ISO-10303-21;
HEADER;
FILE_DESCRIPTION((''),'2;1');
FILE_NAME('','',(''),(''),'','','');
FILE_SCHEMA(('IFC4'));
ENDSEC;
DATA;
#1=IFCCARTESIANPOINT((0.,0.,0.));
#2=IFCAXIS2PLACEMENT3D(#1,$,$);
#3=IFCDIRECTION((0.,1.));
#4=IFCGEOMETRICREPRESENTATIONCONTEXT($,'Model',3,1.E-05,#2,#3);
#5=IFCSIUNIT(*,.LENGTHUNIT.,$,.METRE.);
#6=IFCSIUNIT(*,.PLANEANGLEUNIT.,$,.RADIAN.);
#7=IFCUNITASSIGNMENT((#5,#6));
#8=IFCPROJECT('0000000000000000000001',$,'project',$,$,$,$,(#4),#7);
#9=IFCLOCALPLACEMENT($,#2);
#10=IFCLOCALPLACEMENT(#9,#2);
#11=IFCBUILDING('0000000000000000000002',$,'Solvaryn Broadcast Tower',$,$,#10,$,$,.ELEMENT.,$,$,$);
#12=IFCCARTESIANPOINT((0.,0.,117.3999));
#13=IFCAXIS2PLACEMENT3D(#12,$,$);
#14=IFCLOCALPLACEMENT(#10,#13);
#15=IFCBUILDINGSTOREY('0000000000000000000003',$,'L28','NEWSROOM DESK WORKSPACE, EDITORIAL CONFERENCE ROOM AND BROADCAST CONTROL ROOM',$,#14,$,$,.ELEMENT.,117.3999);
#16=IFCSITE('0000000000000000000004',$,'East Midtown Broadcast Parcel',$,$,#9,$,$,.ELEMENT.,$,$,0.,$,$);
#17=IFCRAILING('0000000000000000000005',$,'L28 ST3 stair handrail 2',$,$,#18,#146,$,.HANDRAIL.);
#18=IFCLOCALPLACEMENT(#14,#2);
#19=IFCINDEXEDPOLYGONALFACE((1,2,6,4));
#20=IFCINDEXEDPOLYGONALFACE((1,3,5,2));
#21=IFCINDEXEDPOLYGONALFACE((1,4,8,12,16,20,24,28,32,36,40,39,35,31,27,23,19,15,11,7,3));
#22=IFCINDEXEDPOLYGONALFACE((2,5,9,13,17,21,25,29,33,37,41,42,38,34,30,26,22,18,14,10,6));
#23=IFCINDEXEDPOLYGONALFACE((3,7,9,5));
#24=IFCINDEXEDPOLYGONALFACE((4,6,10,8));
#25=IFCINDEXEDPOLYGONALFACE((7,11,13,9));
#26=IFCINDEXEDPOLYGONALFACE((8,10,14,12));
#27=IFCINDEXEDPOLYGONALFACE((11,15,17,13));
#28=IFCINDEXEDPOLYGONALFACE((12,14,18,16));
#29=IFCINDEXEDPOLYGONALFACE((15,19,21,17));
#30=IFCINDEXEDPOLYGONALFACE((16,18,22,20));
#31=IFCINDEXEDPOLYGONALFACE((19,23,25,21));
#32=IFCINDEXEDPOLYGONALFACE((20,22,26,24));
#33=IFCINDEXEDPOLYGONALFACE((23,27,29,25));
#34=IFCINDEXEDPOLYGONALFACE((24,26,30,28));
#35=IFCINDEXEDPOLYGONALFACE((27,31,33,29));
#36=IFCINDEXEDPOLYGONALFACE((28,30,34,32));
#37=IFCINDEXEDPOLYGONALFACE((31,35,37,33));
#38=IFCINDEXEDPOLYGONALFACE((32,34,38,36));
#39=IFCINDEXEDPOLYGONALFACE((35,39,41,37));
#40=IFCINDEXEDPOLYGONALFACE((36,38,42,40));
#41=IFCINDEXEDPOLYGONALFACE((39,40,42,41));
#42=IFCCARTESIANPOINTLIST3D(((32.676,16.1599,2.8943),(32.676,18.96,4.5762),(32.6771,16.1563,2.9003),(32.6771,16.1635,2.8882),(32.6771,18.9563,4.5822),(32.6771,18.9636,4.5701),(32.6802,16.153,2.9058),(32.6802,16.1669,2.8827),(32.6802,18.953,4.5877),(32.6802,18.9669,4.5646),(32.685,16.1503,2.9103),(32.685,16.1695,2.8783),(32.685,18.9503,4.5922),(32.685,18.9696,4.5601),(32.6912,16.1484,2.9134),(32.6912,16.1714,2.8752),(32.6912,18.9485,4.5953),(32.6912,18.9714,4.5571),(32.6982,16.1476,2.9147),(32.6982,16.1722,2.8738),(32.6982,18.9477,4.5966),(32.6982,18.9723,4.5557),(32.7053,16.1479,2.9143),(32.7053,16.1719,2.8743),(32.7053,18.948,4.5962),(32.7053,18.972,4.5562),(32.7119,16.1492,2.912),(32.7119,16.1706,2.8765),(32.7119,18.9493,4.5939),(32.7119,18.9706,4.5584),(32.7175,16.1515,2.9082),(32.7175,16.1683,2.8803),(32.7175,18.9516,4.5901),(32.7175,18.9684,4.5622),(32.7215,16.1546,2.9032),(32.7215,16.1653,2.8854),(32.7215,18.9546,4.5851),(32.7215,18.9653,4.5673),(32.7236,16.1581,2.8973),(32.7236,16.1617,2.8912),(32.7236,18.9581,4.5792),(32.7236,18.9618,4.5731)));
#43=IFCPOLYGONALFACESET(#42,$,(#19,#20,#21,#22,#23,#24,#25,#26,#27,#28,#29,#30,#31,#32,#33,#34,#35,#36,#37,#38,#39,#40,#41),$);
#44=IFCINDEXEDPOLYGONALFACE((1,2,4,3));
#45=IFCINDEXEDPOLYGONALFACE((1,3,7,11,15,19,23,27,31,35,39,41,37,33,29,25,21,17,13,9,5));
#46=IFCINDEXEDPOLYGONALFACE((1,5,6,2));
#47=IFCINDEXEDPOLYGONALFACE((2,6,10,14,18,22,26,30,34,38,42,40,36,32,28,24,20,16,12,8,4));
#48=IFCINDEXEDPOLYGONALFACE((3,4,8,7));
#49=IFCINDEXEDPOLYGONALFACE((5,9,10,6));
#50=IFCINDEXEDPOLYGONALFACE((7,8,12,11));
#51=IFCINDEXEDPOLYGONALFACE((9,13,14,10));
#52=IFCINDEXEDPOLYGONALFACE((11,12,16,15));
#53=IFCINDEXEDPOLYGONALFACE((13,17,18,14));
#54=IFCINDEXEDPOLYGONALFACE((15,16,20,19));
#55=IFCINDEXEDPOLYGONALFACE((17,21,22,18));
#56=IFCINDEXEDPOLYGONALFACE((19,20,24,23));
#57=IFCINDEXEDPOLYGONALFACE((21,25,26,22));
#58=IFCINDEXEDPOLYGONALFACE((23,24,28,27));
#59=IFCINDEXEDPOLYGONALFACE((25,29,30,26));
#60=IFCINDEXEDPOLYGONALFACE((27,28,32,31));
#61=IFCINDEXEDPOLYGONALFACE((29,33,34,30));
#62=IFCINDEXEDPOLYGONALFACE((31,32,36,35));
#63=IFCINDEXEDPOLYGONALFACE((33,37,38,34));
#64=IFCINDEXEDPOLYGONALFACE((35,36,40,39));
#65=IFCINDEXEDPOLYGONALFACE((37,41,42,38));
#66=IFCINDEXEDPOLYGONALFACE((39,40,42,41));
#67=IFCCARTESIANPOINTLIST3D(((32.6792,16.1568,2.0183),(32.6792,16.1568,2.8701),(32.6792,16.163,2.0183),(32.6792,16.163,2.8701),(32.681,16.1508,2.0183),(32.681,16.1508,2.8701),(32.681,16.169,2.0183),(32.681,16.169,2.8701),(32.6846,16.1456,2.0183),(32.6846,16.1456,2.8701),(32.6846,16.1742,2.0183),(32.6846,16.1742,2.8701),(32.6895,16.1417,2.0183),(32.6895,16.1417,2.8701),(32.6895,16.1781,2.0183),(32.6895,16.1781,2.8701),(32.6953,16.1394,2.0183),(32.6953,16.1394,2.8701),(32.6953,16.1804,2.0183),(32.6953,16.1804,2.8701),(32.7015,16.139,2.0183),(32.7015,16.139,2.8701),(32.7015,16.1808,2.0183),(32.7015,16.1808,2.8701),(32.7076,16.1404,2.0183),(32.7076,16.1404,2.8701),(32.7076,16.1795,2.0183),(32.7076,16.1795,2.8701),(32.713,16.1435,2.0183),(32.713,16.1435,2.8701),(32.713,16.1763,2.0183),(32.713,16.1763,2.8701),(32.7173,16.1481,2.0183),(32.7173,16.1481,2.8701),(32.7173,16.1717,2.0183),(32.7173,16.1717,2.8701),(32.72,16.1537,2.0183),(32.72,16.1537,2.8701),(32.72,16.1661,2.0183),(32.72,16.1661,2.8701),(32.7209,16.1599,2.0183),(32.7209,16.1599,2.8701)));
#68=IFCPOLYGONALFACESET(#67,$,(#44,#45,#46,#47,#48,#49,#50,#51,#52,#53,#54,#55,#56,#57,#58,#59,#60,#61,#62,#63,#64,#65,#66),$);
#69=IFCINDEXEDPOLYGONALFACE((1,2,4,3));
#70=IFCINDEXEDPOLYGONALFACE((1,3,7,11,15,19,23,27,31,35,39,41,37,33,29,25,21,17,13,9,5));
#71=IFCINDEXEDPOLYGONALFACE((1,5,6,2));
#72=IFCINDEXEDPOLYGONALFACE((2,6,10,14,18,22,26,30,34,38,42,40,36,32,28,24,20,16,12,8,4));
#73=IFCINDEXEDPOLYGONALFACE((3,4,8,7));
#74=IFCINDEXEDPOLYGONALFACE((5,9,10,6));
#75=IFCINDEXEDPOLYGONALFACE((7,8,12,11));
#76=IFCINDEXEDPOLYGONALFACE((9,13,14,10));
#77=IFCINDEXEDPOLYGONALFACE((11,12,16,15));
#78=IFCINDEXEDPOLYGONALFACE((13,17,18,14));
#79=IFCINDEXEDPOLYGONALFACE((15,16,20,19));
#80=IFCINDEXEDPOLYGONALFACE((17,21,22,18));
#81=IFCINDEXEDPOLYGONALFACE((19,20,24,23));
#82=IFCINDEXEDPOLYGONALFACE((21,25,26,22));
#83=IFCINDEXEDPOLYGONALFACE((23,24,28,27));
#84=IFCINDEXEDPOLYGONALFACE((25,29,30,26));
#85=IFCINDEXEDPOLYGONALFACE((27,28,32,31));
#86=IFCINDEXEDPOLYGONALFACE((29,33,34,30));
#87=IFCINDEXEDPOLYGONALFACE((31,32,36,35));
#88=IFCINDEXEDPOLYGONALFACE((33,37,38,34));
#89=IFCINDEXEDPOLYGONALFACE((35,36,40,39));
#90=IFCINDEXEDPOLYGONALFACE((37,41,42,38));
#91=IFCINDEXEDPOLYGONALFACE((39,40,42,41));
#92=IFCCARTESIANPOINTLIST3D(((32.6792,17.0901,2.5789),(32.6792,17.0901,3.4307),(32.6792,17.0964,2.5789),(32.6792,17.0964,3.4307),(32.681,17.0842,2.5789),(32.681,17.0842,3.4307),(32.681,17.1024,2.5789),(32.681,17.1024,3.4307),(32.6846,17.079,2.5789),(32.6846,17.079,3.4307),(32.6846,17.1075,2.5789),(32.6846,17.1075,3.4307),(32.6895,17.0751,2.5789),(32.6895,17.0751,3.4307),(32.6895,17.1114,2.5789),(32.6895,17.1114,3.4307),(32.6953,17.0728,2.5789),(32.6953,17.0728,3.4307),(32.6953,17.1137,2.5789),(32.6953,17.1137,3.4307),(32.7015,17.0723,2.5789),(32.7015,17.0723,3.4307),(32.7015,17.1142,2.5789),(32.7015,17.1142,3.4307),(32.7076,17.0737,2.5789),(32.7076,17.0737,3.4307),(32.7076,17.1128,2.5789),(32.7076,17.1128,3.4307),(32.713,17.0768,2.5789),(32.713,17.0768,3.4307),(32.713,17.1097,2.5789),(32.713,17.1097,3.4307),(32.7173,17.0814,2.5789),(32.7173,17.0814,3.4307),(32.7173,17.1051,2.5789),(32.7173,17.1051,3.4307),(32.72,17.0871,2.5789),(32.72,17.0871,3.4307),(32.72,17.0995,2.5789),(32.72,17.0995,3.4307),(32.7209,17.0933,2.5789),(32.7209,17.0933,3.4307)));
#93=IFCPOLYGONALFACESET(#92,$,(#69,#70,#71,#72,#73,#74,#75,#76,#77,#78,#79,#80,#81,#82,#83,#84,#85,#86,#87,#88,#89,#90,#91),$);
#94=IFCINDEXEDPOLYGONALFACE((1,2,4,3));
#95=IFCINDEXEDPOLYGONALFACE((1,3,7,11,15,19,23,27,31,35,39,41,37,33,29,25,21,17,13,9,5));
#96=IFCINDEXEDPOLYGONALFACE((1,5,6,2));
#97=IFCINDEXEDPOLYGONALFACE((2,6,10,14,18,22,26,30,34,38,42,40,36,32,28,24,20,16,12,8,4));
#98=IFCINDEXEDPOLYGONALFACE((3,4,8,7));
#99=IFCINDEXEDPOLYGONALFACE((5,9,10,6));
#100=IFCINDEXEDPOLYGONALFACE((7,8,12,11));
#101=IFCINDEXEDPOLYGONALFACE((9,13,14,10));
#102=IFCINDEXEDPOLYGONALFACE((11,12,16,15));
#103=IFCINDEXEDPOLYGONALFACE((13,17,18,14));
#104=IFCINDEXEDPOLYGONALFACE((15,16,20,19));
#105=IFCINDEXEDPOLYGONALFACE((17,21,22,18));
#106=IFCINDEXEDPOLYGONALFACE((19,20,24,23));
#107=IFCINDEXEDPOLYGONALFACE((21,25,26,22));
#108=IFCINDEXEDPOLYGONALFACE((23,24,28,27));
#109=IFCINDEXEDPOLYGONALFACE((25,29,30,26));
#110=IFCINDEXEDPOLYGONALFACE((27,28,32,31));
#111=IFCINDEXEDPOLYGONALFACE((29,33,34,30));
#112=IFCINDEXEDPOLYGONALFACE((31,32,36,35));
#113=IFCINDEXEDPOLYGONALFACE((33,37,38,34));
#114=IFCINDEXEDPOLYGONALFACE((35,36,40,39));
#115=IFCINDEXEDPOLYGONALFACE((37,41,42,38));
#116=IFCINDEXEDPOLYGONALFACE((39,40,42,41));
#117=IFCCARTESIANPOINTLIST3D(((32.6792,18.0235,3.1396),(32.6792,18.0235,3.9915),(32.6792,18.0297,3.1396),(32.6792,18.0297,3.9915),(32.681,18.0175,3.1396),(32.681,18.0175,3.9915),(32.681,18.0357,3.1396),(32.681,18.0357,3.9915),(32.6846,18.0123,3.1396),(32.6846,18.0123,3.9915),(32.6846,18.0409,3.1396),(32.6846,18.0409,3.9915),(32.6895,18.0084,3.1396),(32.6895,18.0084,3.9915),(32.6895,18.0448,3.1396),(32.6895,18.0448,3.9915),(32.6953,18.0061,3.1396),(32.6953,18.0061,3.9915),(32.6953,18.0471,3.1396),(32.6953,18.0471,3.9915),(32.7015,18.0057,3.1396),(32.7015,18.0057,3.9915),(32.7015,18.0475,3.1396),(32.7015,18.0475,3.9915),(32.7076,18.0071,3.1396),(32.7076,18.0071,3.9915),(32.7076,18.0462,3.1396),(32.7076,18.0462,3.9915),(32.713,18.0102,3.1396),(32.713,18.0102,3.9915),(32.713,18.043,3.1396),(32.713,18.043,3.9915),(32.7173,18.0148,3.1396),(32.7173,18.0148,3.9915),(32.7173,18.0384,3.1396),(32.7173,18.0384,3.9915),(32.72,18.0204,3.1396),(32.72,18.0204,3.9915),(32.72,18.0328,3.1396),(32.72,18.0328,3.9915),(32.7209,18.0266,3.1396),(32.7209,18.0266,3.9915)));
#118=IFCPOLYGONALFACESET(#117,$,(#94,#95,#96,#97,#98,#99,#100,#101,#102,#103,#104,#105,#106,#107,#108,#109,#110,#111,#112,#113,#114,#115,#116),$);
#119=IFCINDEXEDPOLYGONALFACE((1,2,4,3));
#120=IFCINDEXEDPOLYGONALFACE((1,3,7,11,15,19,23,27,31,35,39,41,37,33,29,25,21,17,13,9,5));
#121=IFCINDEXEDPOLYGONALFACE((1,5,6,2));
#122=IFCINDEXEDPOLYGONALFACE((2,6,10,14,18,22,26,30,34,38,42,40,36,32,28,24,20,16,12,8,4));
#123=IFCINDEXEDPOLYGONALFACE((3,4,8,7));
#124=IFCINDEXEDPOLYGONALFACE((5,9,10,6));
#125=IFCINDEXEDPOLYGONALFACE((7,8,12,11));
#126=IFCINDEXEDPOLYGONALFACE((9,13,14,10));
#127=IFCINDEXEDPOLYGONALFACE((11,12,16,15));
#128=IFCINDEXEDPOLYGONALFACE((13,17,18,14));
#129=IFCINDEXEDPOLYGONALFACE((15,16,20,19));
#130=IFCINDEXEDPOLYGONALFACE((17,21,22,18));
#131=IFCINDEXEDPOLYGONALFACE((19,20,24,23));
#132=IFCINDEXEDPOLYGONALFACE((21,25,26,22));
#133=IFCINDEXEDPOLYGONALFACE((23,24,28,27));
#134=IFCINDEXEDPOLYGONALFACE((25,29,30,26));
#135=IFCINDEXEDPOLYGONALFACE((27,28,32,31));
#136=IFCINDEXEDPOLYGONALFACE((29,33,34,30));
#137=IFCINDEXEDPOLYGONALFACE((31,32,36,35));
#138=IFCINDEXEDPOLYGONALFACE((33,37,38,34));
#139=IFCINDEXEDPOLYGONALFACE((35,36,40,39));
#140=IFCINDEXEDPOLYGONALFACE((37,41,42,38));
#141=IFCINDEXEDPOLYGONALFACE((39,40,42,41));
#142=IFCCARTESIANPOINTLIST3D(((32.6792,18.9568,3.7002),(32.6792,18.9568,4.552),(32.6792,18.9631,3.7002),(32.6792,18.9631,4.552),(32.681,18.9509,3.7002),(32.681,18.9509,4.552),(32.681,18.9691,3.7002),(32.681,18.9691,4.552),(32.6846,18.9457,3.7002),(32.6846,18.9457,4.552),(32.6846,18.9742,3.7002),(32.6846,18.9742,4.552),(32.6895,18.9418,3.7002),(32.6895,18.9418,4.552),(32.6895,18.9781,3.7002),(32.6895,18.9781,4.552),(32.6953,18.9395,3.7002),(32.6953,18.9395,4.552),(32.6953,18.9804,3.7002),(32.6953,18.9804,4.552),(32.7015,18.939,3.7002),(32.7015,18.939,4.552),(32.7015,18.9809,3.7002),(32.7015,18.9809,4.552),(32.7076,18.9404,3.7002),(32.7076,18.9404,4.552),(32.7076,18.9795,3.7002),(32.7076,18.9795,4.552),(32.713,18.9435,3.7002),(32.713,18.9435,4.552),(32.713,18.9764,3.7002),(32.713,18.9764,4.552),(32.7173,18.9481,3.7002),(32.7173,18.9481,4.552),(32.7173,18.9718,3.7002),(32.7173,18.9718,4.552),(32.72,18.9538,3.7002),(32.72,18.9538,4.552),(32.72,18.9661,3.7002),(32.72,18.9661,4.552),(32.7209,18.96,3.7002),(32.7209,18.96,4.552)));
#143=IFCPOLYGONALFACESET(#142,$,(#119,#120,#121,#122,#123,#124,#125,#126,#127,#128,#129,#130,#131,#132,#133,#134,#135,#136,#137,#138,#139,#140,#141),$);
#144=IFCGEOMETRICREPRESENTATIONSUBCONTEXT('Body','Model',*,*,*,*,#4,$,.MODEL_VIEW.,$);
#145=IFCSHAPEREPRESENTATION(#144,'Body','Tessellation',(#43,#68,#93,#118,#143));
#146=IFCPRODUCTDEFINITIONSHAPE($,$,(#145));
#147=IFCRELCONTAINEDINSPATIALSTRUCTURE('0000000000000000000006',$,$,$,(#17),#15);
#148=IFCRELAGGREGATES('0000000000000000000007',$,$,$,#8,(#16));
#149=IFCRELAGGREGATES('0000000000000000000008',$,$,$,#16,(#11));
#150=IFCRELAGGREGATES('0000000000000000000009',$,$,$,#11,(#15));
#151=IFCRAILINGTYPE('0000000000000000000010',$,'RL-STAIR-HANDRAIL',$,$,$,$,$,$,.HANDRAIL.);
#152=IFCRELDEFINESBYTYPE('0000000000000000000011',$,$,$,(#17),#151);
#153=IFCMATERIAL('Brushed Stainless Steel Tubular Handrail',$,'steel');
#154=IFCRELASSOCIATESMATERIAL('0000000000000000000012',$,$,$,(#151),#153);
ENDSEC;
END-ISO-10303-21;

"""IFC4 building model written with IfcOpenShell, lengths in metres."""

from ifc_helpers import new_model, si_unit, direction, frame, origin, origin_2d, place, context, subcontext, project, spatial, circle, extrude, material, type_object, element, save


model = new_model("IFC4")

# Units and contexts
model_context = context("Model", 3, precision=1e-05, world=origin(), true_north=direction((0.0, 1.0)))
body_context = subcontext(model_context, "Body", "Model", "MODEL_VIEW")
ifc_project = project(units=[si_unit("LENGTHUNIT", "METRE"), si_unit("PLANEANGLEUNIT", "RADIAN")], contexts=[model_context])

# Site, building, storey
site_placement = place(None, origin())
site = spatial("IfcSite", under=ifc_project, at=site_placement, Name="East Midtown Broadcast Parcel", CompositionType="ELEMENT", RefElevation=0.0)
building_placement = place(site_placement, origin())
building = spatial("IfcBuilding", under=site, at=building_placement, Name="Solvaryn Broadcast Tower", CompositionType="ELEMENT")
storey_placement = place(building_placement, frame((0.0, 0.0, 117.3999)))
storey = spatial("IfcBuildingStorey", under=building, at=storey_placement, Name="L28", Description="NEWSROOM DESK WORKSPACE, EDITORIAL CONFERENCE ROOM AND BROADCAST CONTROL ROOM", CompositionType="ELEMENT", Elevation=117.3999)

# Railing
ifc_material_1 = material(Name="Brushed Stainless Steel Tubular Handrail", Category="steel")
railing_type_1 = type_object("IfcRailingType", Name="RL-STAIR-HANDRAIL", PredefinedType="HANDRAIL", material=ifc_material_1)
railing_1_placement = place(storey_placement, frame((32.7, 16.1599, 2.0183)))
element("IfcRailing", 1, at=railing_1_placement, inside=storey, type_object=railing_type_1, Name="L28 ST3 stair handrail 2", PredefinedType="HANDRAIL", context=body_context, shape_type="SweptSolid", body=[
    extrude(circle(Radius=0.0239, at=origin_2d()), frame((0.0, 0.0, 0.876), z_axis=(0.0, 0.857242, 0.514913), x_axis=(-1.0, 0.0, 0.0)), (0.0, 0.0, 1.0), 3.2664),
    extrude(circle(Radius=0.021, at=origin_2d()), origin(), (0.0, 0.0, 1.0), 0.8518),
    extrude(circle(Radius=0.021, at=origin_2d()), frame((0.0, 0.9333, 0.5605)), (0.0, 0.0, 1.0), 0.8518),
    extrude(circle(Radius=0.021, at=origin_2d()), frame((0.0, 1.8667, 1.1213)), (0.0, 0.0, 1.0), 0.8518),
    extrude(circle(Radius=0.021, at=origin_2d()), frame((0.0, 2.8, 1.6819)), (0.0, 0.0, 1.0), 0.8518),
])

save(model, "model.ifc")
